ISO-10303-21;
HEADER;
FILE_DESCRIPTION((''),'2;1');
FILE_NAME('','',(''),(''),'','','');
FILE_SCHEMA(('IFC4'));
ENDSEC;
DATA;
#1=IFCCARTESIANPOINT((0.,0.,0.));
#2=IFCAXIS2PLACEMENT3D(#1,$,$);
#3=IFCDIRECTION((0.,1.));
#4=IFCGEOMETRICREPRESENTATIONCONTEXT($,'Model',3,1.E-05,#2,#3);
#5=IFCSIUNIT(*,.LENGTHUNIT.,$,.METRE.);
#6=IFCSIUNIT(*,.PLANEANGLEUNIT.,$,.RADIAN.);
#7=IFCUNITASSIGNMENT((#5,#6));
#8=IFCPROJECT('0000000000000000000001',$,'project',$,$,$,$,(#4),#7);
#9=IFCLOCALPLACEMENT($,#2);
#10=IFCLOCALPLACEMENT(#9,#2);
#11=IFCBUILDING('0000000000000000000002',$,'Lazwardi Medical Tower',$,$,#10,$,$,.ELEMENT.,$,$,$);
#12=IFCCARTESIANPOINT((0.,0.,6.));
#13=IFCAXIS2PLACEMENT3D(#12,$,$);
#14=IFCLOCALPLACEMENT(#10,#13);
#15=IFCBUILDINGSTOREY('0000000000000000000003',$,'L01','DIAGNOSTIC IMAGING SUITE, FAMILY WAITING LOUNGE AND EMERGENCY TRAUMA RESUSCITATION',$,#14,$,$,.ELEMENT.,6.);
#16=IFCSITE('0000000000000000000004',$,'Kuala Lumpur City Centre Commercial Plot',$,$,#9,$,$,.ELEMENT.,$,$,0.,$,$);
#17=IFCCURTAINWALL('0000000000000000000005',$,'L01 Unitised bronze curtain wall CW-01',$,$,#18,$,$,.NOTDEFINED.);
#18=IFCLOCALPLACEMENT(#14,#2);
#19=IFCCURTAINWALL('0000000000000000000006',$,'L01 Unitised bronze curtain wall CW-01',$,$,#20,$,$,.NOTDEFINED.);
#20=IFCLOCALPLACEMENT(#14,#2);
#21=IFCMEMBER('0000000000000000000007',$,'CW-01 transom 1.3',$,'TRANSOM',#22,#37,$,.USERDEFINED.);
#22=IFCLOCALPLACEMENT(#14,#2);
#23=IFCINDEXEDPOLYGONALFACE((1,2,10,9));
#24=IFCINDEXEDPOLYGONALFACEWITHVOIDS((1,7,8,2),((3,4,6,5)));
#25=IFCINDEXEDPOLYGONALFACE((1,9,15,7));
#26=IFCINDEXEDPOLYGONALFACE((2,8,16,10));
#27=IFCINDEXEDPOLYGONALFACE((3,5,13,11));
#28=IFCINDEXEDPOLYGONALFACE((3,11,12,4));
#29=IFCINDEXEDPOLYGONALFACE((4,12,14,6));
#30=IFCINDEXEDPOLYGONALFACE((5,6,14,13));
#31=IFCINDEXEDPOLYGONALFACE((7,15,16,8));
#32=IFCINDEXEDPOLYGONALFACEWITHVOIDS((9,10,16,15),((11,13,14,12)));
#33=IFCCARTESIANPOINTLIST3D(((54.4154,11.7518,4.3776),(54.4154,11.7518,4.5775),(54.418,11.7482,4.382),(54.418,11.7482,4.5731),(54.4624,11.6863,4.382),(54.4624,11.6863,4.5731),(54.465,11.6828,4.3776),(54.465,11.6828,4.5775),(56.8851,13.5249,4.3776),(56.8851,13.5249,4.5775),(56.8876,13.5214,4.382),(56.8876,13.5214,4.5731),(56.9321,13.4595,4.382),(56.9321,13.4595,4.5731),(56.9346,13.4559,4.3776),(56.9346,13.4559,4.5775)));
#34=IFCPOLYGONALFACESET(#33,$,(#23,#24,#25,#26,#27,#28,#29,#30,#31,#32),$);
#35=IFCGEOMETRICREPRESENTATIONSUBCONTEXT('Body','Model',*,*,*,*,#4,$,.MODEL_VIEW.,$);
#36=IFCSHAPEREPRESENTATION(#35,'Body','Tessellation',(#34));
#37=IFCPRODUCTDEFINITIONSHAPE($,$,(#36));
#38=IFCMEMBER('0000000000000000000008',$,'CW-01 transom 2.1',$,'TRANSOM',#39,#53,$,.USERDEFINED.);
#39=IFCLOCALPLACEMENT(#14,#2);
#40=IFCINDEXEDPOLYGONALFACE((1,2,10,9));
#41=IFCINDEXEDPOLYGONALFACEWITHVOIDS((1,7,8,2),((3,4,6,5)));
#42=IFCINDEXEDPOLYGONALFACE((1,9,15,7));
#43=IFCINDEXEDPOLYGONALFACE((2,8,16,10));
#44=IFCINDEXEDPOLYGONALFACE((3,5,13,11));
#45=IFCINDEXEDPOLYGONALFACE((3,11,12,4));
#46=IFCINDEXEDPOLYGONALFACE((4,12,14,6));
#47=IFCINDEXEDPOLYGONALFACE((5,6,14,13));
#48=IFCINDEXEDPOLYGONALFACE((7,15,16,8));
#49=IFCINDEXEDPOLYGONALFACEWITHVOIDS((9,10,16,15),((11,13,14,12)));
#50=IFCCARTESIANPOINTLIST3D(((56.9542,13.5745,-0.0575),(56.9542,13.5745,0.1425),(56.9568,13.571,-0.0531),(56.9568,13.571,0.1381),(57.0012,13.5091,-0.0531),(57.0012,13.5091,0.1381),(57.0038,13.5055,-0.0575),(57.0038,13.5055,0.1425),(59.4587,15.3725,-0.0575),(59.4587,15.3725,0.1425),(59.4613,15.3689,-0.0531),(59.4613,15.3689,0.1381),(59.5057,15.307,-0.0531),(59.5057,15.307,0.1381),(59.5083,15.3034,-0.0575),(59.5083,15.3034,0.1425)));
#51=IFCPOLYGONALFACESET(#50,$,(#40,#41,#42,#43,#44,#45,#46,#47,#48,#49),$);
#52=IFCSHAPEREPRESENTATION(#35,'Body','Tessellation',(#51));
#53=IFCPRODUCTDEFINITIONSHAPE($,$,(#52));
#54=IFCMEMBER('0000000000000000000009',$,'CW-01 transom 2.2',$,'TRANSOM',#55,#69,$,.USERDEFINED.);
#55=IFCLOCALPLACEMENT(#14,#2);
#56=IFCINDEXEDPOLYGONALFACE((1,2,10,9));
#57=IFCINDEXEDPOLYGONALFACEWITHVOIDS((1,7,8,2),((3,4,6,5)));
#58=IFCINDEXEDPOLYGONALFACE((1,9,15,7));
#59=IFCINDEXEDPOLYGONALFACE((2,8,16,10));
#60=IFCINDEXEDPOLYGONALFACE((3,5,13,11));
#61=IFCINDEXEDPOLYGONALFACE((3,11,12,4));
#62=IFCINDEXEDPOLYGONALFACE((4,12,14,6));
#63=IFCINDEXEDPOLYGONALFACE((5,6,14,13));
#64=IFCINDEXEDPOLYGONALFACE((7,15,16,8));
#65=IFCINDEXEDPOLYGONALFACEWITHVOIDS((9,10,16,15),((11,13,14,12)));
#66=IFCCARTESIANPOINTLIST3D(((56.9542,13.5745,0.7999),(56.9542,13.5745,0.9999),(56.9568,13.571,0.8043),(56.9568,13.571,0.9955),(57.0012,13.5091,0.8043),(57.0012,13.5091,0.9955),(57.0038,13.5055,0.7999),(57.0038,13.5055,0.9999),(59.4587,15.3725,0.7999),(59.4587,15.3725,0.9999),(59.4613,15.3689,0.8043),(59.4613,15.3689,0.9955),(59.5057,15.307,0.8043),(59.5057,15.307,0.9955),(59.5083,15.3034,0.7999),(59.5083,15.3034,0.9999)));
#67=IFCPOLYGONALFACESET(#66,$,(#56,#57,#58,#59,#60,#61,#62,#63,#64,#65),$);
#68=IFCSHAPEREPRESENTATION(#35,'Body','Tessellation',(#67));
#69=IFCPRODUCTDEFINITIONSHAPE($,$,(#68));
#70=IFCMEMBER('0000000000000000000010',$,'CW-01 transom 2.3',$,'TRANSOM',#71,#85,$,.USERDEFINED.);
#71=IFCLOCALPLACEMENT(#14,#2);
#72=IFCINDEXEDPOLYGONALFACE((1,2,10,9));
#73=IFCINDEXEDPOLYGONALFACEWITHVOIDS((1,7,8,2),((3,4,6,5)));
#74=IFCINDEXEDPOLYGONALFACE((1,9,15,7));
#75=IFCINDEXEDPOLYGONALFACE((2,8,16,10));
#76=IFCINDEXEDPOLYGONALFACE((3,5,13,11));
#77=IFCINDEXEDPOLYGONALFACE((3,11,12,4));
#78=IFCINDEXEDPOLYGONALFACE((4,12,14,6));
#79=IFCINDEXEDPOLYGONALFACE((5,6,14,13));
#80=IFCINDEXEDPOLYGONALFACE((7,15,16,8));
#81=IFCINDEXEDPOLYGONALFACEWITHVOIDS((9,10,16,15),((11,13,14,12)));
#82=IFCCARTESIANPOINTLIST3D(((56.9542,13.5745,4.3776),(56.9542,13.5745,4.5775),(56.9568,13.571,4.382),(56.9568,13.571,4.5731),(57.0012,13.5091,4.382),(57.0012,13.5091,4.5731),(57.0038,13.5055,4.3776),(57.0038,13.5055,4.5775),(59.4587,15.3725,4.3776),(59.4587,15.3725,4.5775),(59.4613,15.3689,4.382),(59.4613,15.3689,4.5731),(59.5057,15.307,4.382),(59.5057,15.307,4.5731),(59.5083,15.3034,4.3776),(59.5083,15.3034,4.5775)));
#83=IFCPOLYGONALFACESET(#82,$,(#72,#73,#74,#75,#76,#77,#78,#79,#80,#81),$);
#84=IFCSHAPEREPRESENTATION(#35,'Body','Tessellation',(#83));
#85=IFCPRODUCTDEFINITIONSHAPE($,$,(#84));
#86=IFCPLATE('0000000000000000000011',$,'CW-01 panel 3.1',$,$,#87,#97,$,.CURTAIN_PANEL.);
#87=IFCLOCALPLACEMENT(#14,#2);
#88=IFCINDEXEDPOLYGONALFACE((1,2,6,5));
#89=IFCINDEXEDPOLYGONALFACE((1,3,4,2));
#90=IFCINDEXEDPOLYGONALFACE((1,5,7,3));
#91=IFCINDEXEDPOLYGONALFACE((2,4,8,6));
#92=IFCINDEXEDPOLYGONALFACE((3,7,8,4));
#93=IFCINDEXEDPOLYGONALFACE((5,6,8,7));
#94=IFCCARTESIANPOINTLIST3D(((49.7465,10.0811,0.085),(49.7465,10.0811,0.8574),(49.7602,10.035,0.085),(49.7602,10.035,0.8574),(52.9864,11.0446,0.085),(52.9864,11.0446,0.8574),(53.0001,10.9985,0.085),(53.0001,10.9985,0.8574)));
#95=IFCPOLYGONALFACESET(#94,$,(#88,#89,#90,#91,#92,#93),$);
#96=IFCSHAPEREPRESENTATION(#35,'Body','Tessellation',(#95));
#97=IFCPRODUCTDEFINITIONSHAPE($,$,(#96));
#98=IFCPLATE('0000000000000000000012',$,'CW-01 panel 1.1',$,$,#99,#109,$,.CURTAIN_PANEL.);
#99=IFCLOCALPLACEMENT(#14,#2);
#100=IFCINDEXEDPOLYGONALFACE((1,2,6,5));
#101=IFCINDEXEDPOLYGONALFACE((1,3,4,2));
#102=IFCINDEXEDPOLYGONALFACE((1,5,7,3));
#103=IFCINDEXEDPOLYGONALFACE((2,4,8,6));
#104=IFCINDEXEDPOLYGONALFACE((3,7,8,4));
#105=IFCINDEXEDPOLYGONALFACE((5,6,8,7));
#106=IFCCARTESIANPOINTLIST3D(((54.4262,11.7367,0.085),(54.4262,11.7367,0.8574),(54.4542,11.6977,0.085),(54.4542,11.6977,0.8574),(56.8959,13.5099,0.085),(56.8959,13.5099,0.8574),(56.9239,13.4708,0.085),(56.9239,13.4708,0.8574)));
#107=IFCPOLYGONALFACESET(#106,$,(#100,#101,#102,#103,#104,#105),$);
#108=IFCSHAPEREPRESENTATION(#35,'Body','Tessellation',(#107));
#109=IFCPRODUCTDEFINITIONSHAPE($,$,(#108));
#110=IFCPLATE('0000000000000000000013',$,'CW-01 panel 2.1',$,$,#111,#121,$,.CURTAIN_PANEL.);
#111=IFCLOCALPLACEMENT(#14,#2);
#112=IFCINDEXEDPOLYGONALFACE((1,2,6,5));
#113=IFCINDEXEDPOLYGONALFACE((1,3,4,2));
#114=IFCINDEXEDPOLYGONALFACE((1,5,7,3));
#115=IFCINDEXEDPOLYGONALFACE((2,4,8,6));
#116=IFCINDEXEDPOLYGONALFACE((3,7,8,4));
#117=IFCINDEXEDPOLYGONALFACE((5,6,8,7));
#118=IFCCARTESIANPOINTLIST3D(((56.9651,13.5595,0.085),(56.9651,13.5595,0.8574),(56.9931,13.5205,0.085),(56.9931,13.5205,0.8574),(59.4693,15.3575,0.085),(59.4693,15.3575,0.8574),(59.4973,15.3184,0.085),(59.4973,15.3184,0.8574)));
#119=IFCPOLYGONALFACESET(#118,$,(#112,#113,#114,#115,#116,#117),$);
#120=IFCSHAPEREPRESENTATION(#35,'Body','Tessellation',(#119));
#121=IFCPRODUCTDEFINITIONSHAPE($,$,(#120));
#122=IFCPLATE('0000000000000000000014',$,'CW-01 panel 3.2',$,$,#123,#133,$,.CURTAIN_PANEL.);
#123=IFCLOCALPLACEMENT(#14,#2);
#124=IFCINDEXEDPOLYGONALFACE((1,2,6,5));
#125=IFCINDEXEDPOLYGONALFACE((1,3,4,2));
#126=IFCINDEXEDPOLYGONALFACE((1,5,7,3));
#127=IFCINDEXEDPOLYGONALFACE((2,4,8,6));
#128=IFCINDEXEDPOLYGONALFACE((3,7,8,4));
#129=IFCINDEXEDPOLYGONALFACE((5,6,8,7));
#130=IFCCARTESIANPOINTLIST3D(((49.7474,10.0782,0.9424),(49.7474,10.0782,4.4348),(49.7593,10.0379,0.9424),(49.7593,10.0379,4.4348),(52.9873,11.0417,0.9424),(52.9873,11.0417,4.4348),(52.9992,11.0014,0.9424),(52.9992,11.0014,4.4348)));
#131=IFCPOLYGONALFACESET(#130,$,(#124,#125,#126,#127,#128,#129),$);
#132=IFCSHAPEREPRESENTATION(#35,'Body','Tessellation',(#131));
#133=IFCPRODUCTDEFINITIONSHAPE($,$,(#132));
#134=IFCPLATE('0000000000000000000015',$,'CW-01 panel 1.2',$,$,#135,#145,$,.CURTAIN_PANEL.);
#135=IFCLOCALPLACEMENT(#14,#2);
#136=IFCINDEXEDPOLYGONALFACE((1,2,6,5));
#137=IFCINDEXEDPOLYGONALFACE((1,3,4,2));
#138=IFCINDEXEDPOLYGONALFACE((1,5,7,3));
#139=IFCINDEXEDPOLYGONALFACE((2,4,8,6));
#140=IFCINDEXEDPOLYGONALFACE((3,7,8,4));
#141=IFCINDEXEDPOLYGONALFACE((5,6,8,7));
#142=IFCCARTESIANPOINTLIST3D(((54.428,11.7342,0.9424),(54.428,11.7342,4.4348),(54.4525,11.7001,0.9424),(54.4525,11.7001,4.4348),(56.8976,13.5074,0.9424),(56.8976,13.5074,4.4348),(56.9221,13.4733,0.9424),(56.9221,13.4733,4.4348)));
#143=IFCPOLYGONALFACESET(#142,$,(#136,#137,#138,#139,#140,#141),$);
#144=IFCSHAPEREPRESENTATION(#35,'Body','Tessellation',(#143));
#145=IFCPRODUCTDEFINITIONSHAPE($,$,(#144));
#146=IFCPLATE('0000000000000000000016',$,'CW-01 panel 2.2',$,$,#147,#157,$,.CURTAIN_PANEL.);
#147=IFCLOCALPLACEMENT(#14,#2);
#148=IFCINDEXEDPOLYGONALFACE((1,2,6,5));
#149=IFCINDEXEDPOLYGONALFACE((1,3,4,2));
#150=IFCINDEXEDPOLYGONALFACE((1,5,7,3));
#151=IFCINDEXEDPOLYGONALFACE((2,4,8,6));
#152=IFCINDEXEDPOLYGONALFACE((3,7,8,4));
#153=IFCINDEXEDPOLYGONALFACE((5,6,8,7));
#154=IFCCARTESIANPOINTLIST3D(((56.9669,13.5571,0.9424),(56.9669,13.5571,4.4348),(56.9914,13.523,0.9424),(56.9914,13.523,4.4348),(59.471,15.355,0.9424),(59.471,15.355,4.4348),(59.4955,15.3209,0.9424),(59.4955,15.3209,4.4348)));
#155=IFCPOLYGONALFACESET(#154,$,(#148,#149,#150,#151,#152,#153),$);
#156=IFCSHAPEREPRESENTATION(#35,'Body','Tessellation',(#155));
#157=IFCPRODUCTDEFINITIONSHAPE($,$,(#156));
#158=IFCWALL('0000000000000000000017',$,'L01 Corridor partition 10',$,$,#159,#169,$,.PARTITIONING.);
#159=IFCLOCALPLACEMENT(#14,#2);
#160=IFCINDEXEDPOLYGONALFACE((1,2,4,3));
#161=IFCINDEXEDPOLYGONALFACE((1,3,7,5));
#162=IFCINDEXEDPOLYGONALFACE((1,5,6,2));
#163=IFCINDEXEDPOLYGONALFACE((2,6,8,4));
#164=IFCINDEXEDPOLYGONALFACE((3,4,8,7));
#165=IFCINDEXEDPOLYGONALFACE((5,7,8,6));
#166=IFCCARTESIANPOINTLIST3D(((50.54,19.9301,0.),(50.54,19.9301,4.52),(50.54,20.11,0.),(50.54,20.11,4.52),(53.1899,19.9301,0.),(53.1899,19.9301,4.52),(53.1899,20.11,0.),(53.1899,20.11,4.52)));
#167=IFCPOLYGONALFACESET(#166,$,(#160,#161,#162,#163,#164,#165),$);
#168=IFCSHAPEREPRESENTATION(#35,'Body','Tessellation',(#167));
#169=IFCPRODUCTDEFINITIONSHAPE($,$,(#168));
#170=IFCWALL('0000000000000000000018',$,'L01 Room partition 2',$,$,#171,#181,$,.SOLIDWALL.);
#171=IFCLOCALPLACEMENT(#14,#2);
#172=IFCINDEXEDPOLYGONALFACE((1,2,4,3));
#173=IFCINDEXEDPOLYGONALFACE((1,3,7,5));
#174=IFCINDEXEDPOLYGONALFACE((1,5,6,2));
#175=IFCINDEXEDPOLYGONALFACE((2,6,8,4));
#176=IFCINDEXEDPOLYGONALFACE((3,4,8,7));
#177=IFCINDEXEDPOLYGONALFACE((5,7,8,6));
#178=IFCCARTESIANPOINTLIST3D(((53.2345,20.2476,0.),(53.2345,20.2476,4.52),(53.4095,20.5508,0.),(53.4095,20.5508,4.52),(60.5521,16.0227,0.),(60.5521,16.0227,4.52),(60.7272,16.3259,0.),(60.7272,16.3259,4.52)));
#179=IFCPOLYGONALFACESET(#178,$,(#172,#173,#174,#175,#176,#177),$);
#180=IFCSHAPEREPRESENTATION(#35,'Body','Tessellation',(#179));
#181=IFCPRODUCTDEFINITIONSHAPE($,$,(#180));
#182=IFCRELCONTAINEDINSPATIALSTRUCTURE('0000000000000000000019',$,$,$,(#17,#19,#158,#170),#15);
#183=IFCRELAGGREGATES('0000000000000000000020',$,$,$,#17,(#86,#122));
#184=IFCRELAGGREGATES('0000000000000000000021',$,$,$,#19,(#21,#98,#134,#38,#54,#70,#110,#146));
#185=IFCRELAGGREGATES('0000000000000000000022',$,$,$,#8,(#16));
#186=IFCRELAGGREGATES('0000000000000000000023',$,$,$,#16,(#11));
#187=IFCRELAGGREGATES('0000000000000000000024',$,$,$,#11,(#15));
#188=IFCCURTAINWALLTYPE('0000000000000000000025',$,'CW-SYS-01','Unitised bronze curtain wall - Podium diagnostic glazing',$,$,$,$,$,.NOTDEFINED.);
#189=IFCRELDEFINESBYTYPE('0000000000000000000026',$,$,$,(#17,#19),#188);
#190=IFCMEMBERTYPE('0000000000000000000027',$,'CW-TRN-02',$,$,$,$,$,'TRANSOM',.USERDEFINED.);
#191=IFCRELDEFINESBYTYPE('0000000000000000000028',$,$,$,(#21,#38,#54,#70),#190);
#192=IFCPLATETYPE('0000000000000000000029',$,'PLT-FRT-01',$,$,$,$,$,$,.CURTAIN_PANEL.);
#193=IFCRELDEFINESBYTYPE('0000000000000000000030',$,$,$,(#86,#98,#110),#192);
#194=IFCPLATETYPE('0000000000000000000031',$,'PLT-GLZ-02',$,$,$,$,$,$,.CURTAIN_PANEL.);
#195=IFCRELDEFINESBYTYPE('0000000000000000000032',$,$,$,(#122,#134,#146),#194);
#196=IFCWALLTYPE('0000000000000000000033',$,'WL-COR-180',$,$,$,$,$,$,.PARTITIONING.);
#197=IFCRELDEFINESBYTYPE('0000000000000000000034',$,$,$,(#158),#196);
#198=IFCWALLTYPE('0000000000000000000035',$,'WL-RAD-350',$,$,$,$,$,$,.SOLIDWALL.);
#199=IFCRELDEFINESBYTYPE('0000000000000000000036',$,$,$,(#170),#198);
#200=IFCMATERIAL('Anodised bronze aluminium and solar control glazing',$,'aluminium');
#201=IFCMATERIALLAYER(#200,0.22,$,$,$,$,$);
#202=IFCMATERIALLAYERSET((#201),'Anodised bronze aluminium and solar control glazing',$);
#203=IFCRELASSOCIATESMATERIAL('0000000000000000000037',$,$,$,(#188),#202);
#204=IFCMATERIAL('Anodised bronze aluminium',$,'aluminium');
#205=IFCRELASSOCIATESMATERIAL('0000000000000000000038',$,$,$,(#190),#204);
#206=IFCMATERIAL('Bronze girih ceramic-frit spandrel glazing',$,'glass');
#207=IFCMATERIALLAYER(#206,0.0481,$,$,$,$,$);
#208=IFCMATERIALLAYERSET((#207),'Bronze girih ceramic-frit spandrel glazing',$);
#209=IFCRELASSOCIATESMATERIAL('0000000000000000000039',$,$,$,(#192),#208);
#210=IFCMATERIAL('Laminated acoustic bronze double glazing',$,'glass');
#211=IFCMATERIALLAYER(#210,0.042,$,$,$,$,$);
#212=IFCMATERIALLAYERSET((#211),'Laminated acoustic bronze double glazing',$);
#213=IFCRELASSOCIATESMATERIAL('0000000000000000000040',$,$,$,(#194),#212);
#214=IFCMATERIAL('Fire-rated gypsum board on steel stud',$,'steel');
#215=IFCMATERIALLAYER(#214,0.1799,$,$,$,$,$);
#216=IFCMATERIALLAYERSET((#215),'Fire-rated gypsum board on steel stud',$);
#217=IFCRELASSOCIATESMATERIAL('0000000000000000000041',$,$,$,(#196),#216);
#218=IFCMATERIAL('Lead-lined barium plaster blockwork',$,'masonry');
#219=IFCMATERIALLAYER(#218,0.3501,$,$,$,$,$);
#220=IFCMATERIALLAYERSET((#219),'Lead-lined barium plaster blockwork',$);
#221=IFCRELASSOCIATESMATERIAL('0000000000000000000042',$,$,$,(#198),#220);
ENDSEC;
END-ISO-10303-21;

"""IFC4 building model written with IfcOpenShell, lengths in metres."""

from ifc_helpers import new_model, si_unit, direction, frame, frame_2d, origin, origin_2d, place, context, subcontext, project, spatial, rectangle, hollow_rectangle, extrude, material, layer, layer_set, material_profile, profile_set, type_object, element, aggregate, save


model = new_model("IFC4")

# Units and contexts
model_context = context("Model", 3, precision=1e-05, world=origin(), true_north=direction((0.0, 1.0)))
body_context = subcontext(model_context, "Body", "Model", "MODEL_VIEW")
ifc_project = project(units=[si_unit("LENGTHUNIT", "METRE"), si_unit("PLANEANGLEUNIT", "RADIAN")], contexts=[model_context])

# Site, building, storey
site_placement = place(None, origin())
site = spatial("IfcSite", under=ifc_project, at=site_placement, Name="Kuala Lumpur City Centre Commercial Plot", CompositionType="ELEMENT", RefElevation=0.0)
building_placement = place(site_placement, origin())
building = spatial("IfcBuilding", under=site, at=building_placement, Name="Lazwardi Medical Tower", CompositionType="ELEMENT")
storey_placement = place(building_placement, frame((0.0, 0.0, 6.0)))
storey = spatial("IfcBuildingStorey", under=building, at=storey_placement, Name="L01", Description="DIAGNOSTIC IMAGING SUITE, FAMILY WAITING LOUNGE AND EMERGENCY TRAUMA RESUSCITATION", CompositionType="ELEMENT", Elevation=6.0)

# Curtain wall
ifc_material_1 = material(Name="Anodised bronze aluminium and solar control glazing", Category="aluminium")
ifc_layer_1 = layer(ifc_material_1, 0.22)
ifc_layer_set_1 = layer_set([ifc_layer_1], Name="Anodised bronze aluminium and solar control glazing")
curtain_wall_type = type_object("IfcCurtainWallType", Name="CW-SYS-01", Description="Unitised bronze curtain wall - Podium diagnostic glazing", PredefinedType="NOTDEFINED", material=ifc_layer_set_1)
curtain_wall_1_placement = place(storey_placement, origin())
curtain_wall_1 = element("IfcCurtainWall", 1, at=curtain_wall_1_placement, inside=storey, type_object=curtain_wall_type, Name="L01 Unitised bronze curtain wall CW-01", PredefinedType="NOTDEFINED")
ifc_material_2 = material(Name="Anodised bronze aluminium", Category="aluminium")

# Curtain wall
curtain_wall_2_placement = place(storey_placement, origin())
curtain_wall_2 = element("IfcCurtainWall", 2, at=curtain_wall_2_placement, inside=storey, type_object=curtain_wall_type, Name="L01 Unitised bronze curtain wall CW-01", PredefinedType="NOTDEFINED")

# Members
ifc_material_profile_1 = material_profile(ifc_material_2, hollow_rectangle(XDim=0.085, YDim=0.2, WallThickness=0.0044, at=origin_2d()), Name="ALU-TRANSOM 200x85x4.5")
ifc_profile_set_1 = profile_set([ifc_material_profile_1], Name="Anodised bronze aluminium")
member_type_1 = type_object("IfcMemberType", Name="CW-TRN-02", ElementType="TRANSOM", PredefinedType="USERDEFINED", material=ifc_profile_set_1)
member_1_placement = place(storey_placement, frame((54.4402, 11.7173, 4.4775), z_axis=(0.812315, 0.583219, 0.0), x_axis=(-0.583219, 0.812315, 0.0)))
member_1 = element("IfcMember", 3, at=member_1_placement, type_object=member_type_1, Name="CW-01 transom 1.3", ObjectType="TRANSOM", PredefinedType="USERDEFINED", context=body_context, shape_type="SweptSolid", body=[
    extrude(hollow_rectangle(XDim=0.085, YDim=0.2, WallThickness=0.0044, at=origin_2d()), origin(), (0.0, 0.0, 1.0), 3.0403),
])
member_2_placement = place(storey_placement, frame((56.979, 13.54, 0.0425), z_axis=(0.812351, 0.583169, 0.0), x_axis=(-0.583169, 0.812351, 0.0)))
member_2 = element("IfcMember", 4, at=member_2_placement, type_object=member_type_1, Name="CW-01 transom 2.1", ObjectType="TRANSOM", PredefinedType="USERDEFINED", context=body_context, shape_type="SweptSolid", body=[
    extrude(hollow_rectangle(XDim=0.085, YDim=0.2, WallThickness=0.0044, at=origin_2d()), origin(), (0.0, 0.0, 1.0), 3.083),
])
member_3_placement = place(storey_placement, frame((56.979, 13.54, 0.8999), z_axis=(0.812351, 0.583169, 0.0), x_axis=(-0.583169, 0.812351, 0.0)))
member_3 = element("IfcMember", 5, at=member_3_placement, type_object=member_type_1, Name="CW-01 transom 2.2", ObjectType="TRANSOM", PredefinedType="USERDEFINED", context=body_context, shape_type="SweptSolid", body=[
    extrude(hollow_rectangle(XDim=0.085, YDim=0.2, WallThickness=0.0044, at=origin_2d()), origin(), (0.0, 0.0, 1.0), 3.083),
])
member_4_placement = place(storey_placement, frame((56.979, 13.54, 4.4775), z_axis=(0.812351, 0.583169, 0.0), x_axis=(-0.583169, 0.812351, 0.0)))
member_4 = element("IfcMember", 6, at=member_4_placement, type_object=member_type_1, Name="CW-01 transom 2.3", ObjectType="TRANSOM", PredefinedType="USERDEFINED", context=body_context, shape_type="SweptSolid", body=[
    extrude(hollow_rectangle(XDim=0.085, YDim=0.2, WallThickness=0.0044, at=origin_2d()), origin(), (0.0, 0.0, 1.0), 3.083),
])

# Plates
ifc_material_3 = material(Name="Bronze girih ceramic-frit spandrel glazing", Category="glass")
ifc_layer_2 = layer(ifc_material_3, 0.0481)
ifc_layer_set_2 = layer_set([ifc_layer_2], Name="Bronze girih ceramic-frit spandrel glazing")
plate_type_1 = type_object("IfcPlateType", Name="PLT-FRT-01", PredefinedType="CURTAIN_PANEL", material=ifc_layer_set_2)
plate_1_placement = place(storey_placement, frame((51.3733, 10.5398, 0.085), z_axis=(0.0, 0.0, 1.0), x_axis=(0.958513, 0.285047, 0.0)))
plate_1 = element("IfcPlate", 7, at=plate_1_placement, type_object=plate_type_1, Name="CW-01 panel 3.1", PredefinedType="CURTAIN_PANEL", context=body_context, shape_type="SweptSolid", body=[
    extrude(rectangle(XDim=3.3801, YDim=0.0481, at=origin_2d()), origin(), (0.0, 0.0, 1.0), 0.7725),
])
plate_2_placement = place(storey_placement, frame((55.675, 12.6038, 0.085), z_axis=(0.0, 0.0, 1.0), x_axis=(0.812318, 0.583214, 0.0)))
plate_2 = element("IfcPlate", 8, at=plate_2_placement, type_object=plate_type_1, Name="CW-01 panel 1.1", PredefinedType="CURTAIN_PANEL", context=body_context, shape_type="SweptSolid", body=[
    extrude(rectangle(XDim=3.0403, YDim=0.0481, at=origin_2d()), origin(), (0.0, 0.0, 1.0), 0.7725),
])
plate_3_placement = place(storey_placement, frame((58.2312, 14.439, 0.085), z_axis=(0.0, 0.0, 1.0), x_axis=(0.812318, 0.583214, 0.0)))
plate_3 = element("IfcPlate", 9, at=plate_3_placement, type_object=plate_type_1, Name="CW-01 panel 2.1", PredefinedType="CURTAIN_PANEL", context=body_context, shape_type="SweptSolid", body=[
    extrude(rectangle(XDim=3.0828, YDim=0.0481, at=origin_2d()), origin(), (0.0, 0.0, 1.0), 0.7725),
])
ifc_material_4 = material(Name="Laminated acoustic bronze double glazing", Category="glass")
ifc_layer_3 = layer(ifc_material_4, 0.042)
ifc_layer_set_3 = layer_set([ifc_layer_3], Name="Laminated acoustic bronze double glazing")
plate_type_2 = type_object("IfcPlateType", Name="PLT-GLZ-02", PredefinedType="CURTAIN_PANEL", material=ifc_layer_set_3)
plate_4_placement = place(storey_placement, frame((51.3733, 10.5398, 0.9424), z_axis=(0.0, 0.0, 1.0), x_axis=(0.958513, 0.285047, 0.0)))
plate_4 = element("IfcPlate", 10, at=plate_4_placement, type_object=plate_type_2, Name="CW-01 panel 3.2", PredefinedType="CURTAIN_PANEL", context=body_context, shape_type="SweptSolid", body=[
    extrude(rectangle(XDim=3.3801, YDim=0.042, at=origin_2d()), origin(), (0.0, 0.0, 1.0), 3.4924),
])
aggregate(curtain_wall_1, [plate_1, plate_4])
plate_5_placement = place(storey_placement, frame((55.675, 12.6038, 0.9424), z_axis=(0.0, 0.0, 1.0), x_axis=(0.812318, 0.583214, 0.0)))
plate_5 = element("IfcPlate", 11, at=plate_5_placement, type_object=plate_type_2, Name="CW-01 panel 1.2", PredefinedType="CURTAIN_PANEL", context=body_context, shape_type="SweptSolid", body=[
    extrude(rectangle(XDim=3.0403, YDim=0.042, at=origin_2d()), origin(), (0.0, 0.0, 1.0), 3.4924),
])
plate_6_placement = place(storey_placement, frame((58.2312, 14.439, 0.9424), z_axis=(0.0, 0.0, 1.0), x_axis=(0.812318, 0.583214, 0.0)))
plate_6 = element("IfcPlate", 12, at=plate_6_placement, type_object=plate_type_2, Name="CW-01 panel 2.2", PredefinedType="CURTAIN_PANEL", context=body_context, shape_type="SweptSolid", body=[
    extrude(rectangle(XDim=3.0828, YDim=0.042, at=origin_2d()), origin(), (0.0, 0.0, 1.0), 3.4924),
])
aggregate(curtain_wall_2, [member_1, plate_2, plate_5, member_2, member_3, member_4, plate_3, plate_6])

# Walls
ifc_material_5 = material(Name="Fire-rated gypsum board on steel stud", Category="steel")
ifc_layer_4 = layer(ifc_material_5, 0.1799)
ifc_layer_set_4 = layer_set([ifc_layer_4], Name="Fire-rated gypsum board on steel stud")
wall_type_1 = type_object("IfcWallType", Name="WL-COR-180", PredefinedType="PARTITIONING", material=ifc_layer_set_4)
wall_1_placement = place(storey_placement, frame((53.1899, 20.02, 0.0), z_axis=(0.0, 0.0, 1.0), x_axis=(-1.0, 0.0, 0.0)))
element("IfcWall", 13, at=wall_1_placement, inside=storey, type_object=wall_type_1, Name="L01 Corridor partition 10", PredefinedType="PARTITIONING", context=body_context, shape_type="SweptSolid", body=[
    extrude(rectangle(XDim=2.6499, YDim=0.1799, at=frame_2d((1.325, 0.0))), origin(), (0.0, 0.0, 1.0), 4.52),
])
ifc_material_6 = material(Name="Lead-lined barium plaster blockwork", Category="masonry")
ifc_layer_5 = layer(ifc_material_6, 0.3501)
ifc_layer_set_5 = layer_set([ifc_layer_5], Name="Lead-lined barium plaster blockwork")
wall_type_2 = type_object("IfcWallType", Name="WL-RAD-350", PredefinedType="SOLIDWALL", material=ifc_layer_set_5)
wall_2_placement = place(storey_placement, frame((53.322, 20.3992, 0.0), z_axis=(0.0, 0.0, 1.0), x_axis=(0.866024, -0.500002, 0.0)))
element("IfcWall", 14, at=wall_2_placement, inside=storey, type_object=wall_type_2, Name="L01 Room partition 2", PredefinedType="SOLIDWALL", context=body_context, shape_type="SweptSolid", body=[
    extrude(rectangle(XDim=8.4497, YDim=0.3501, at=frame_2d((4.2249, 0.0))), origin(), (0.0, 0.0, 1.0), 4.52),
])

save(model, "model.ifc")
